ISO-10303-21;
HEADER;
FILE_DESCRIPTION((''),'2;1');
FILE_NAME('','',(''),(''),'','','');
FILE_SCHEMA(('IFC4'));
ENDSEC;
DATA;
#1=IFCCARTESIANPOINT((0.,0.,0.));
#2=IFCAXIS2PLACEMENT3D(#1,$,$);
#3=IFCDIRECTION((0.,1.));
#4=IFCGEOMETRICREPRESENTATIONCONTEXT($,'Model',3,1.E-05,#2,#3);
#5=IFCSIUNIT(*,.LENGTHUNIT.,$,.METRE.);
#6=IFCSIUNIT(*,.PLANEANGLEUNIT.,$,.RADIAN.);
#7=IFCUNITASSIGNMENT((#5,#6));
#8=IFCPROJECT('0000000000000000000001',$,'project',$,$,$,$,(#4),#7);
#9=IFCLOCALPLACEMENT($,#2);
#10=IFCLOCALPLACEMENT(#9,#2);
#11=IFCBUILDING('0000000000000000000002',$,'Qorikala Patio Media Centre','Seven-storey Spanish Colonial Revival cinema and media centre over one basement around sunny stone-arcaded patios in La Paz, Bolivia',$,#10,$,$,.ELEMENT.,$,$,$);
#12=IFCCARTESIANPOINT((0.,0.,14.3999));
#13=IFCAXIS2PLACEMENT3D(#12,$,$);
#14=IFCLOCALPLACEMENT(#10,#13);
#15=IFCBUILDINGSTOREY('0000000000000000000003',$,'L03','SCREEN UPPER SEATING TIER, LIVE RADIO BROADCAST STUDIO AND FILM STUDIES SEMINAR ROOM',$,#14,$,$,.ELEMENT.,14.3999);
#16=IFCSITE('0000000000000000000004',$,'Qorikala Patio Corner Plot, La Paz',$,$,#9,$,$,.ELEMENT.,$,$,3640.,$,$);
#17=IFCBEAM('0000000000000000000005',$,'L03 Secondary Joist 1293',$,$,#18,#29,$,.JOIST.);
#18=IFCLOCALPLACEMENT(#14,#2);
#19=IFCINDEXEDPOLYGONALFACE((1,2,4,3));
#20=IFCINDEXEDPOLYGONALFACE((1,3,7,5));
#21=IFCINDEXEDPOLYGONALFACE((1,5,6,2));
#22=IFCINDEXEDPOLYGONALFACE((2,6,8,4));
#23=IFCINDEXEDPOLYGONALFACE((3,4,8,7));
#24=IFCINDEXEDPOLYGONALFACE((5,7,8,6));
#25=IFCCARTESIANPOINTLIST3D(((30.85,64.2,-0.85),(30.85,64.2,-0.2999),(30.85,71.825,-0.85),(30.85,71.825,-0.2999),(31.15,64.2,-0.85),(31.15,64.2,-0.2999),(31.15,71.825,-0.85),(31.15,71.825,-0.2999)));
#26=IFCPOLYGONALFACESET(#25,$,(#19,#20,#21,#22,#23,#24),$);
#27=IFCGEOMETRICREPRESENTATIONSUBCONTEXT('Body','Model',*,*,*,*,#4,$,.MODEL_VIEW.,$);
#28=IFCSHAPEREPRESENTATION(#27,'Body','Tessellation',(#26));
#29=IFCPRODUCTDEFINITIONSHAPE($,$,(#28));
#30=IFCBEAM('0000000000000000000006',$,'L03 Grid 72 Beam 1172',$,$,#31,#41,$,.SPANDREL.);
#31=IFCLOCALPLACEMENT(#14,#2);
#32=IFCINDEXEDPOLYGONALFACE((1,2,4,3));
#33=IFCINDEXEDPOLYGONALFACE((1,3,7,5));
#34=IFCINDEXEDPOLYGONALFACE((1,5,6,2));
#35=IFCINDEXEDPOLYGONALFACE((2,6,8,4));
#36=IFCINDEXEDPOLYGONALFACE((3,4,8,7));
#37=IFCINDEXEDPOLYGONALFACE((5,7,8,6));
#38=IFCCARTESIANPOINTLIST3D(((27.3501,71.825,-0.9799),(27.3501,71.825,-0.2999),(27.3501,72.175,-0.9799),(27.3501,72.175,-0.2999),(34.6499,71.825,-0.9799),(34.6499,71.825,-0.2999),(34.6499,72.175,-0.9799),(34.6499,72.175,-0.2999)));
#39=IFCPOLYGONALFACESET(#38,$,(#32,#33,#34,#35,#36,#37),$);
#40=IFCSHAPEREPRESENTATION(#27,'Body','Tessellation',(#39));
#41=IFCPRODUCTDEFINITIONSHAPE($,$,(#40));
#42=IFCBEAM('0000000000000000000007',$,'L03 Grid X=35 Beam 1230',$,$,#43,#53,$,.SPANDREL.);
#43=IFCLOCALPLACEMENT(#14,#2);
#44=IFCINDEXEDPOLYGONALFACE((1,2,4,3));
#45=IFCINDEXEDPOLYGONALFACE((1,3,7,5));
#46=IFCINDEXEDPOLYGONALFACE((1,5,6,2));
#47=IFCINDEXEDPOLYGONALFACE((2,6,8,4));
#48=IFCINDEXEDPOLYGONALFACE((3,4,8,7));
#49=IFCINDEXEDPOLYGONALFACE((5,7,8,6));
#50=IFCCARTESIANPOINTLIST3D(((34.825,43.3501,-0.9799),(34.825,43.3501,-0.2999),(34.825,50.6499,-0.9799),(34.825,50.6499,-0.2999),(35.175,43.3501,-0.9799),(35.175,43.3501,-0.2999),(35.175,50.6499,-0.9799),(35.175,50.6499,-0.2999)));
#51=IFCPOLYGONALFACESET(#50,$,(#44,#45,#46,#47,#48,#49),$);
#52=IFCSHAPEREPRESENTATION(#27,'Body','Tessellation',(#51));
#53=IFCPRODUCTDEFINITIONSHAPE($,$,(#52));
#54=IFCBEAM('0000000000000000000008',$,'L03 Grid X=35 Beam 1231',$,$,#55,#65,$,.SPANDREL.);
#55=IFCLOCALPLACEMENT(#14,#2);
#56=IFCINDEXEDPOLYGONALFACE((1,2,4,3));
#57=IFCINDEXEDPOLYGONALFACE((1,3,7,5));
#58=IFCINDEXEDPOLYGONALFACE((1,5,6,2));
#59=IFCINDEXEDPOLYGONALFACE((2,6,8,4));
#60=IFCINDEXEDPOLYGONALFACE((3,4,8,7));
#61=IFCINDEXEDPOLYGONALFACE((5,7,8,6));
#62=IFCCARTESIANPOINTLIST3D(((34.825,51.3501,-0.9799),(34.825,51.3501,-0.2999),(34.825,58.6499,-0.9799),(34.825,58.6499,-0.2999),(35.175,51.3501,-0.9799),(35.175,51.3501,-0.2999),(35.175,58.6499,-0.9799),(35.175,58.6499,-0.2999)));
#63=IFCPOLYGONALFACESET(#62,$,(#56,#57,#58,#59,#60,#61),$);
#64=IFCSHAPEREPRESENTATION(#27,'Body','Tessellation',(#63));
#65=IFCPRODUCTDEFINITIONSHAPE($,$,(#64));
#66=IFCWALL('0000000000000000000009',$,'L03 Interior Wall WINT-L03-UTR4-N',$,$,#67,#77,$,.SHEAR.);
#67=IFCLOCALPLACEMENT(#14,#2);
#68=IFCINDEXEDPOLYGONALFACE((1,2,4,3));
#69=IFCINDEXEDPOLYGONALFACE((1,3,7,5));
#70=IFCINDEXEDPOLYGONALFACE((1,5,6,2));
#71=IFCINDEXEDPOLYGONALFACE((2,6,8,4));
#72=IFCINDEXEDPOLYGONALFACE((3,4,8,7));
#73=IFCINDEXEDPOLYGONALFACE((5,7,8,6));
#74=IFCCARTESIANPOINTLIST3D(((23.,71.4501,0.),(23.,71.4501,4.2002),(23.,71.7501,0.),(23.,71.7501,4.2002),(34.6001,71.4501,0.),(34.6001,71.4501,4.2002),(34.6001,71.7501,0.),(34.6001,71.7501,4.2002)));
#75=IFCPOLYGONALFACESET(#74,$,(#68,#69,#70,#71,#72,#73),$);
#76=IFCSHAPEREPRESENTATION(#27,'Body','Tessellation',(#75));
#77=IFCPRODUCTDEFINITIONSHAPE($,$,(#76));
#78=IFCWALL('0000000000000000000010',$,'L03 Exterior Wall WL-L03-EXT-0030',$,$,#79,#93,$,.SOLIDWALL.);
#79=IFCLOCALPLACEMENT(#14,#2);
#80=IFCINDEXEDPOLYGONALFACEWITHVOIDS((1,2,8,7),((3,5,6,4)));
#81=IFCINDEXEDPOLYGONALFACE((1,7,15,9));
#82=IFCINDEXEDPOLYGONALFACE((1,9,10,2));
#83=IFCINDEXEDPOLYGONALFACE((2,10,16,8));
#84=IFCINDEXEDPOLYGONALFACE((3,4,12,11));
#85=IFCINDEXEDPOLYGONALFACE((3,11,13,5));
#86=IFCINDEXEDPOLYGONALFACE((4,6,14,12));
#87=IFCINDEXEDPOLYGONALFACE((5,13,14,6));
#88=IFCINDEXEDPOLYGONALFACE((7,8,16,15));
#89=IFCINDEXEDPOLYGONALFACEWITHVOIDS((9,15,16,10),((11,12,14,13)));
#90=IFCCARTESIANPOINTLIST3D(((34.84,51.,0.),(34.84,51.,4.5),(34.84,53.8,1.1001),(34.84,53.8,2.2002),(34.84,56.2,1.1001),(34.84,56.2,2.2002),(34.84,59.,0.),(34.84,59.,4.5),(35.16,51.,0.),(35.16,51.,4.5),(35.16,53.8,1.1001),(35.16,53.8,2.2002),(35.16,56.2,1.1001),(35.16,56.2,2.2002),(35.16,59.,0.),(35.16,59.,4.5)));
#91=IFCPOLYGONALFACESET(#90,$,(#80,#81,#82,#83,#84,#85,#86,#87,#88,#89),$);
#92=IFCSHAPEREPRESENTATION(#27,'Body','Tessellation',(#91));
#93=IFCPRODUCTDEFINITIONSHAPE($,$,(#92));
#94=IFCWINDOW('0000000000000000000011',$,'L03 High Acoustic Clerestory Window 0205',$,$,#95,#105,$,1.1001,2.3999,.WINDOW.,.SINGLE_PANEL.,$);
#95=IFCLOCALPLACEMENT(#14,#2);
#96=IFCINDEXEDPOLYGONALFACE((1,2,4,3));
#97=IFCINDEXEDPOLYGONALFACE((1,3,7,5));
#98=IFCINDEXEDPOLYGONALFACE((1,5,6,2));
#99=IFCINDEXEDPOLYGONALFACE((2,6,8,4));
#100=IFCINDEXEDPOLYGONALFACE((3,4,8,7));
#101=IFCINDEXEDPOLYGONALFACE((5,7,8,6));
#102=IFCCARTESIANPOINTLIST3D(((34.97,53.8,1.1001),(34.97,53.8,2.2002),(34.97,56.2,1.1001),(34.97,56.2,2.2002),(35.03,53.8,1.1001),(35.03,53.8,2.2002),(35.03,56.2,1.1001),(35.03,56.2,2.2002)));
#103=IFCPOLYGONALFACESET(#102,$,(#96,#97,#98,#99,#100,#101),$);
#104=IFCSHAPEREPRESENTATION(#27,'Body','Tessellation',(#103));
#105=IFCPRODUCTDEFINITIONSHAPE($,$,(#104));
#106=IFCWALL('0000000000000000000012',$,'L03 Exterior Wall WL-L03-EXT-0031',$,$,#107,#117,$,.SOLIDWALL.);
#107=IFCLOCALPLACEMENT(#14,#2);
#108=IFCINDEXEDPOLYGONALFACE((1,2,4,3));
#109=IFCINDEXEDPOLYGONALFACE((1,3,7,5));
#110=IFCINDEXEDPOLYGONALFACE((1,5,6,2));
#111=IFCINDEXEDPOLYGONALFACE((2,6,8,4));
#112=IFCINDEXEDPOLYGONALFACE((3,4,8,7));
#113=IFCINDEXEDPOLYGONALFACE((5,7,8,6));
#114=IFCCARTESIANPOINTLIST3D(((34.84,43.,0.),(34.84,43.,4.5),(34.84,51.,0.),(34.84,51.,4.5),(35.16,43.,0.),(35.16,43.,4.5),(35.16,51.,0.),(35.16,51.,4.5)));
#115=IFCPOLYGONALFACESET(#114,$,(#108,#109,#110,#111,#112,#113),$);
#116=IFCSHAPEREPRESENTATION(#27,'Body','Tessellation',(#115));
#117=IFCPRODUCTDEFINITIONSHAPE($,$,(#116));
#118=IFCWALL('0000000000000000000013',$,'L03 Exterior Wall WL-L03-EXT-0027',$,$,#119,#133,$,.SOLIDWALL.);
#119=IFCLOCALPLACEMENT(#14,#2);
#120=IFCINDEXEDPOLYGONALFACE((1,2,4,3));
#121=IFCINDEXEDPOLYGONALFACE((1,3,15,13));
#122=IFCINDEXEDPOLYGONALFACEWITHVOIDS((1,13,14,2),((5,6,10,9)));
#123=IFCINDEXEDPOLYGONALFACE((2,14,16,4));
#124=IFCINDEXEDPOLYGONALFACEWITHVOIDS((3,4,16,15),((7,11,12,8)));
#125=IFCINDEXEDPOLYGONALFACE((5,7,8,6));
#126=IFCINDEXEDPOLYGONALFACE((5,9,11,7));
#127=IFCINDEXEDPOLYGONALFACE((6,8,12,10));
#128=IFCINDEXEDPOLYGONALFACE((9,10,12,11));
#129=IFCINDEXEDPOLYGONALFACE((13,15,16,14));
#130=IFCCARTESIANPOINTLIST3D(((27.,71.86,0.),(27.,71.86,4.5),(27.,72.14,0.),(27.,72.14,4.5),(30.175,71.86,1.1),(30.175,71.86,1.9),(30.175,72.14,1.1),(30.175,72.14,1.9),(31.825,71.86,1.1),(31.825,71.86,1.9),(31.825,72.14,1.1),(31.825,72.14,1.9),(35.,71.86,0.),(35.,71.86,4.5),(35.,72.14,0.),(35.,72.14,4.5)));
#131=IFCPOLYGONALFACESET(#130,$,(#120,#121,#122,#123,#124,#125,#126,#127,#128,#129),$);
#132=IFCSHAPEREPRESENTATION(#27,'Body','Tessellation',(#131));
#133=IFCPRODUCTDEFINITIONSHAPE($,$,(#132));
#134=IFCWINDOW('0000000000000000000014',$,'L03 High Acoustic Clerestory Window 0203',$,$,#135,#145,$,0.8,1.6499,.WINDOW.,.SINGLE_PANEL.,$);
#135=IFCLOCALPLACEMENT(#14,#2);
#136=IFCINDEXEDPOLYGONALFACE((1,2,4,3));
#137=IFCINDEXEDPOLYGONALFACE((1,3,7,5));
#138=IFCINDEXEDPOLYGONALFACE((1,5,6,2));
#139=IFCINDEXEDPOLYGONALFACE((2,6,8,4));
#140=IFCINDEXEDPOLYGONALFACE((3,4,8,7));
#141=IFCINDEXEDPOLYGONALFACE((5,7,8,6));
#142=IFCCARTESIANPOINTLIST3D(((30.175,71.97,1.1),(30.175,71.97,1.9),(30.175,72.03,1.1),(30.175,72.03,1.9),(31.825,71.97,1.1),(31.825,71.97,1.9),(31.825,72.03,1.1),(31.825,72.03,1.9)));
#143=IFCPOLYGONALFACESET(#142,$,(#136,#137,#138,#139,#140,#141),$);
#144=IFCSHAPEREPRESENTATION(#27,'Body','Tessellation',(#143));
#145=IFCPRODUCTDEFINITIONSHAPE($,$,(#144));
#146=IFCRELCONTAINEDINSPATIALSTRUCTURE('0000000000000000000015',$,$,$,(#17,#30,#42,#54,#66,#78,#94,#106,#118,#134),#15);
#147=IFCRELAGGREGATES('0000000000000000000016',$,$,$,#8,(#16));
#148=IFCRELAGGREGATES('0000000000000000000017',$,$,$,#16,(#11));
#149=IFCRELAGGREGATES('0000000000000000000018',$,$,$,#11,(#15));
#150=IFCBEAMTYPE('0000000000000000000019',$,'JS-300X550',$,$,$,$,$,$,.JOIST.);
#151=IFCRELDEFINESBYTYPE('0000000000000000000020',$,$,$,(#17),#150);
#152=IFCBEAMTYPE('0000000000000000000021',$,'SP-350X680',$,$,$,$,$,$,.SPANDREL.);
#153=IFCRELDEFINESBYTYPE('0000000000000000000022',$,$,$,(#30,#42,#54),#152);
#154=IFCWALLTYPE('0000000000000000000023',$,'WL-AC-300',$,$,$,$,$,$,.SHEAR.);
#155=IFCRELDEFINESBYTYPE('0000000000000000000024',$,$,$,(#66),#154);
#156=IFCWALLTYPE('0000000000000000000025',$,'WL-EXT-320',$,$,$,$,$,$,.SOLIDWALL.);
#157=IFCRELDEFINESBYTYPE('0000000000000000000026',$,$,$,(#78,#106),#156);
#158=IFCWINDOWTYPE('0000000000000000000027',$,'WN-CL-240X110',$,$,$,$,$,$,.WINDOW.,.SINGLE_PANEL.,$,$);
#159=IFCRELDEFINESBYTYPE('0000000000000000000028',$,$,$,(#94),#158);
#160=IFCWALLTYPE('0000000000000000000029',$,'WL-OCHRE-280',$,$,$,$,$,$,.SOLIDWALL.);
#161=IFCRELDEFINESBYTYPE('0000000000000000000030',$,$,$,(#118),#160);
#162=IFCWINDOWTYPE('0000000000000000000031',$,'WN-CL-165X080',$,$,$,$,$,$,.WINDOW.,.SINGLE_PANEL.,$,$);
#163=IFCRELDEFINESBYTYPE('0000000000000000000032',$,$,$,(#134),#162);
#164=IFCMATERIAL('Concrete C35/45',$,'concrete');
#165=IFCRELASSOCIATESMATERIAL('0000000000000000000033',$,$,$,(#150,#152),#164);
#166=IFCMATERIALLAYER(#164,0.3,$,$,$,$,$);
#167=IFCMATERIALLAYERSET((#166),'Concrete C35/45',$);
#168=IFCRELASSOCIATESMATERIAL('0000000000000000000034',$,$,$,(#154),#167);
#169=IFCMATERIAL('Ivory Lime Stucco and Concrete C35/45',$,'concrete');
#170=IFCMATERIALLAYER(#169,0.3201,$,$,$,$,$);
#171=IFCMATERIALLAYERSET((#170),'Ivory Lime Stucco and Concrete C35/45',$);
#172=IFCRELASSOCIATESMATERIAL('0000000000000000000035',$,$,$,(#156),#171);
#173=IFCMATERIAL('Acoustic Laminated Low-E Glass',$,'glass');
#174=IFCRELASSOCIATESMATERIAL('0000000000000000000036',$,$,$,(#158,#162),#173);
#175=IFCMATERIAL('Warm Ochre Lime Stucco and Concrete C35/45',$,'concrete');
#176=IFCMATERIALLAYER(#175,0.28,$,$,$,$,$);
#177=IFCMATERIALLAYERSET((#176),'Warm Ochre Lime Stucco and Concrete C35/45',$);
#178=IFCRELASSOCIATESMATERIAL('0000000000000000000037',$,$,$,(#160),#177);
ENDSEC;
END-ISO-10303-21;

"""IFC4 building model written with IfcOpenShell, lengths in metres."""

from ifc_helpers import new_model, si_unit, direction, frame, frame_2d, origin, origin_2d, place, context, subcontext, project, spatial, rectangle, extrude, material, layer, layer_set, material_profile, profile_set, type_object, element, fill, save


model = new_model("IFC4")

# Units and contexts
model_context = context("Model", 3, precision=1e-05, world=origin(), true_north=direction((0.0, 1.0)))
body_context = subcontext(model_context, "Body", "Model", "MODEL_VIEW")
ifc_project = project(units=[si_unit("LENGTHUNIT", "METRE"), si_unit("PLANEANGLEUNIT", "RADIAN")], contexts=[model_context])

# Site, building, storey
site_placement = place(None, origin())
site = spatial("IfcSite", under=ifc_project, at=site_placement, Name="Qorikala Patio Corner Plot, La Paz", CompositionType="ELEMENT", RefElevation=3640.0)
building_placement = place(site_placement, origin())
building = spatial("IfcBuilding", under=site, at=building_placement, Name="Qorikala Patio Media Centre", Description="Seven-storey Spanish Colonial Revival cinema and media centre over one basement around sunny stone-arcaded patios in La Paz, Bolivia", CompositionType="ELEMENT")
storey_placement = place(building_placement, frame((0.0, 0.0, 14.3999)))
storey = spatial("IfcBuildingStorey", under=building, at=storey_placement, Name="L03", Description="SCREEN UPPER SEATING TIER, LIVE RADIO BROADCAST STUDIO AND FILM STUDIES SEMINAR ROOM", CompositionType="ELEMENT", Elevation=14.3999)

# Shared definitions
ifc_material_1 = material(Name="Concrete C35/45", Category="concrete")

# Beams
ifc_material_profile_1 = material_profile(ifc_material_1, rectangle(XDim=0.3, YDim=0.55, at=origin_2d()), Name="RC 300x550")
ifc_profile_set_1 = profile_set([ifc_material_profile_1], Name="Concrete C35/45")
beam_type_1 = type_object("IfcBeamType", Name="JS-300X550", PredefinedType="JOIST", material=ifc_profile_set_1)
beam_1_placement = place(storey_placement, frame((31.0, 64.2, -0.575), z_axis=(0.0, 1.0, 0.0), x_axis=(-1.0, 0.0, 0.0)))
element("IfcBeam", 1, at=beam_1_placement, inside=storey, type_object=beam_type_1, Name="L03 Secondary Joist 1293", PredefinedType="JOIST", context=body_context, shape_type="SweptSolid", body=[
    extrude(rectangle(XDim=0.3, YDim=0.55, at=origin_2d()), origin(), (0.0, 0.0, 1.0), 7.625),
])
ifc_material_profile_2 = material_profile(ifc_material_1, rectangle(XDim=0.3501, YDim=0.6799, at=origin_2d()), Name="RC 350x680")
ifc_profile_set_2 = profile_set([ifc_material_profile_2], Name="Concrete C35/45")
beam_type_2 = type_object("IfcBeamType", Name="SP-350X680", PredefinedType="SPANDREL", material=ifc_profile_set_2)
for number, where, z_axis, x_axis, name in (
    (2, (27.3501, 72.0, -0.6399), (1.0, 0.0, 0.0), (0.0, 1.0, 0.0), "L03 Grid 72 Beam 1172"),
    (3, (35.0, 43.3501, -0.6399), (0.0, 1.0, 0.0), (-1.0, 0.0, 0.0), "L03 Grid X=35 Beam 1230"),
    (4, (35.0, 51.3501, -0.6399), (0.0, 1.0, 0.0), (-1.0, 0.0, 0.0), "L03 Grid X=35 Beam 1231"),
):
    element("IfcBeam", number, at=place(storey_placement, frame(where, z_axis=z_axis, x_axis=x_axis)), inside=storey, type_object=beam_type_2, Name=name, PredefinedType="SPANDREL", context=body_context, shape_type="SweptSolid", body=[
        extrude(rectangle(XDim=0.3501, YDim=0.6799, at=origin_2d()), origin(), (0.0, 0.0, 1.0), 7.2998),
    ])

# Wall
ifc_layer_1 = layer(ifc_material_1, 0.3)
ifc_layer_set_1 = layer_set([ifc_layer_1], Name="Concrete C35/45")
wall_type_1 = type_object("IfcWallType", Name="WL-AC-300", PredefinedType="SHEAR", material=ifc_layer_set_1)
wall_1_placement = place(storey_placement, frame((23.0, 71.6001, 0.0), z_axis=(0.0, 0.0, 1.0), x_axis=(1.0, 0.0, 0.0)))
element("IfcWall", 5, at=wall_1_placement, inside=storey, type_object=wall_type_1, Name="L03 Interior Wall WINT-L03-UTR4-N", PredefinedType="SHEAR", context=body_context, shape_type="SweptSolid", body=[
    extrude(rectangle(XDim=11.6001, YDim=0.3, at=frame_2d((5.8, 0.0))), origin(), (0.0, 0.0, 1.0), 4.2002),
])

# Wall, opening, window
ifc_material_2 = material(Name="Ivory Lime Stucco and Concrete C35/45", Category="concrete")
ifc_layer_2 = layer(ifc_material_2, 0.3201)
ifc_layer_set_2 = layer_set([ifc_layer_2], Name="Ivory Lime Stucco and Concrete C35/45")
wall_type_2 = type_object("IfcWallType", Name="WL-EXT-320", PredefinedType="SOLIDWALL", material=ifc_layer_set_2)
wall_2_placement = place(storey_placement, frame((35.0, 59.0, 0.0), z_axis=(0.0, 0.0, 1.0), x_axis=(0.0, -1.0, 0.0)))
wall_2 = element("IfcWall", 6, at=wall_2_placement, inside=storey, type_object=wall_type_2, Name="L03 Exterior Wall WL-L03-EXT-0030", PredefinedType="SOLIDWALL", context=body_context, shape_type="SweptSolid", body=[
    extrude(rectangle(XDim=8.0, YDim=0.3201, at=frame_2d((4.0, 0.0))), origin(), (0.0, 0.0, 1.0), 4.5),
])
opening_1_placement = place(wall_2_placement, frame((2.8, 0.0, 1.1001)))
opening_1 = element("IfcOpeningElement", 7, at=opening_1_placement, cuts=wall_2, PredefinedType="OPENING", context=body_context, shape_type="SweptSolid", body=[
    extrude(rectangle(XDim=2.3999, YDim=1.1001, at=frame_2d((1.2, 0.55))), frame((0.0, 0.1699, 0.0), z_axis=(0.0, -1.0, 0.0), x_axis=(1.0, 0.0, 0.0)), (0.0, 0.0, 1.0), 0.3401),
])
ifc_material_3 = material(Name="Acoustic Laminated Low-E Glass", Category="glass")
window_type_1 = type_object("IfcWindowType", Name="WN-CL-240X110", PartitioningType="SINGLE_PANEL", PredefinedType="WINDOW", material=ifc_material_3)
window_1_placement = place(opening_1_placement, origin())
window_1 = element("IfcWindow", 8, at=window_1_placement, inside=storey, type_object=window_type_1, Name="L03 High Acoustic Clerestory Window 0205", OverallHeight=1.1001, OverallWidth=2.3999, PartitioningType="SINGLE_PANEL", PredefinedType="WINDOW", context=body_context, shape_type="SweptSolid", body=[
    extrude(rectangle(XDim=2.3999, YDim=1.1001, at=frame_2d((1.2, 0.55))), frame((0.0, 0.03, 0.0), z_axis=(0.0, -1.0, 0.0), x_axis=(1.0, 0.0, 0.0)), (0.0, 0.0, 1.0), 0.0601),
])
fill(opening_1, window_1)

# Wall
wall_3_placement = place(storey_placement, frame((35.0, 51.0, 0.0), z_axis=(0.0, 0.0, 1.0), x_axis=(0.0, -1.0, 0.0)))
element("IfcWall", 9, at=wall_3_placement, inside=storey, type_object=wall_type_2, Name="L03 Exterior Wall WL-L03-EXT-0031", PredefinedType="SOLIDWALL", context=body_context, shape_type="SweptSolid", body=[
    extrude(rectangle(XDim=8.0, YDim=0.3201, at=frame_2d((4.0, 0.0))), origin(), (0.0, 0.0, 1.0), 4.5),
])

# Wall, opening, window
ifc_material_4 = material(Name="Warm Ochre Lime Stucco and Concrete C35/45", Category="concrete")
ifc_layer_3 = layer(ifc_material_4, 0.28)
ifc_layer_set_3 = layer_set([ifc_layer_3], Name="Warm Ochre Lime Stucco and Concrete C35/45")
wall_type_3 = type_object("IfcWallType", Name="WL-OCHRE-280", PredefinedType="SOLIDWALL", material=ifc_layer_set_3)
wall_4_placement = place(storey_placement, frame((27.0, 72.0, 0.0), z_axis=(0.0, 0.0, 1.0), x_axis=(1.0, 0.0, 0.0)))
wall_4 = element("IfcWall", 10, at=wall_4_placement, inside=storey, type_object=wall_type_3, Name="L03 Exterior Wall WL-L03-EXT-0027", PredefinedType="SOLIDWALL", context=body_context, shape_type="SweptSolid", body=[
    extrude(rectangle(XDim=8.0, YDim=0.28, at=frame_2d((4.0, 0.0))), origin(), (0.0, 0.0, 1.0), 4.5),
])
opening_2_placement = place(wall_4_placement, frame((3.175, 0.0, 1.1001)))
opening_2 = element("IfcOpeningElement", 11, at=opening_2_placement, cuts=wall_4, PredefinedType="OPENING", context=body_context, shape_type="SweptSolid", body=[
    extrude(rectangle(XDim=1.6499, YDim=0.8, at=frame_2d((0.825, 0.3999))), frame((0.0, 0.1499, 0.0), z_axis=(0.0, -1.0, 0.0), x_axis=(1.0, 0.0, 0.0)), (0.0, 0.0, 1.0), 0.3),
])
window_type_2 = type_object("IfcWindowType", Name="WN-CL-165X080", PartitioningType="SINGLE_PANEL", PredefinedType="WINDOW", material=ifc_material_3)
window_2_placement = place(opening_2_placement, origin())
window_2 = element("IfcWindow", 12, at=window_2_placement, inside=storey, type_object=window_type_2, Name="L03 High Acoustic Clerestory Window 0203", OverallHeight=0.8, OverallWidth=1.6499, PartitioningType="SINGLE_PANEL", PredefinedType="WINDOW", context=body_context, shape_type="SweptSolid", body=[
    extrude(rectangle(XDim=1.6499, YDim=0.8, at=frame_2d((0.825, 0.3999))), frame((0.0, 0.03, 0.0), z_axis=(0.0, -1.0, 0.0), x_axis=(1.0, 0.0, 0.0)), (0.0, 0.0, 1.0), 0.0601),
])
fill(opening_2, window_2)

save(model, "model.ifc")
